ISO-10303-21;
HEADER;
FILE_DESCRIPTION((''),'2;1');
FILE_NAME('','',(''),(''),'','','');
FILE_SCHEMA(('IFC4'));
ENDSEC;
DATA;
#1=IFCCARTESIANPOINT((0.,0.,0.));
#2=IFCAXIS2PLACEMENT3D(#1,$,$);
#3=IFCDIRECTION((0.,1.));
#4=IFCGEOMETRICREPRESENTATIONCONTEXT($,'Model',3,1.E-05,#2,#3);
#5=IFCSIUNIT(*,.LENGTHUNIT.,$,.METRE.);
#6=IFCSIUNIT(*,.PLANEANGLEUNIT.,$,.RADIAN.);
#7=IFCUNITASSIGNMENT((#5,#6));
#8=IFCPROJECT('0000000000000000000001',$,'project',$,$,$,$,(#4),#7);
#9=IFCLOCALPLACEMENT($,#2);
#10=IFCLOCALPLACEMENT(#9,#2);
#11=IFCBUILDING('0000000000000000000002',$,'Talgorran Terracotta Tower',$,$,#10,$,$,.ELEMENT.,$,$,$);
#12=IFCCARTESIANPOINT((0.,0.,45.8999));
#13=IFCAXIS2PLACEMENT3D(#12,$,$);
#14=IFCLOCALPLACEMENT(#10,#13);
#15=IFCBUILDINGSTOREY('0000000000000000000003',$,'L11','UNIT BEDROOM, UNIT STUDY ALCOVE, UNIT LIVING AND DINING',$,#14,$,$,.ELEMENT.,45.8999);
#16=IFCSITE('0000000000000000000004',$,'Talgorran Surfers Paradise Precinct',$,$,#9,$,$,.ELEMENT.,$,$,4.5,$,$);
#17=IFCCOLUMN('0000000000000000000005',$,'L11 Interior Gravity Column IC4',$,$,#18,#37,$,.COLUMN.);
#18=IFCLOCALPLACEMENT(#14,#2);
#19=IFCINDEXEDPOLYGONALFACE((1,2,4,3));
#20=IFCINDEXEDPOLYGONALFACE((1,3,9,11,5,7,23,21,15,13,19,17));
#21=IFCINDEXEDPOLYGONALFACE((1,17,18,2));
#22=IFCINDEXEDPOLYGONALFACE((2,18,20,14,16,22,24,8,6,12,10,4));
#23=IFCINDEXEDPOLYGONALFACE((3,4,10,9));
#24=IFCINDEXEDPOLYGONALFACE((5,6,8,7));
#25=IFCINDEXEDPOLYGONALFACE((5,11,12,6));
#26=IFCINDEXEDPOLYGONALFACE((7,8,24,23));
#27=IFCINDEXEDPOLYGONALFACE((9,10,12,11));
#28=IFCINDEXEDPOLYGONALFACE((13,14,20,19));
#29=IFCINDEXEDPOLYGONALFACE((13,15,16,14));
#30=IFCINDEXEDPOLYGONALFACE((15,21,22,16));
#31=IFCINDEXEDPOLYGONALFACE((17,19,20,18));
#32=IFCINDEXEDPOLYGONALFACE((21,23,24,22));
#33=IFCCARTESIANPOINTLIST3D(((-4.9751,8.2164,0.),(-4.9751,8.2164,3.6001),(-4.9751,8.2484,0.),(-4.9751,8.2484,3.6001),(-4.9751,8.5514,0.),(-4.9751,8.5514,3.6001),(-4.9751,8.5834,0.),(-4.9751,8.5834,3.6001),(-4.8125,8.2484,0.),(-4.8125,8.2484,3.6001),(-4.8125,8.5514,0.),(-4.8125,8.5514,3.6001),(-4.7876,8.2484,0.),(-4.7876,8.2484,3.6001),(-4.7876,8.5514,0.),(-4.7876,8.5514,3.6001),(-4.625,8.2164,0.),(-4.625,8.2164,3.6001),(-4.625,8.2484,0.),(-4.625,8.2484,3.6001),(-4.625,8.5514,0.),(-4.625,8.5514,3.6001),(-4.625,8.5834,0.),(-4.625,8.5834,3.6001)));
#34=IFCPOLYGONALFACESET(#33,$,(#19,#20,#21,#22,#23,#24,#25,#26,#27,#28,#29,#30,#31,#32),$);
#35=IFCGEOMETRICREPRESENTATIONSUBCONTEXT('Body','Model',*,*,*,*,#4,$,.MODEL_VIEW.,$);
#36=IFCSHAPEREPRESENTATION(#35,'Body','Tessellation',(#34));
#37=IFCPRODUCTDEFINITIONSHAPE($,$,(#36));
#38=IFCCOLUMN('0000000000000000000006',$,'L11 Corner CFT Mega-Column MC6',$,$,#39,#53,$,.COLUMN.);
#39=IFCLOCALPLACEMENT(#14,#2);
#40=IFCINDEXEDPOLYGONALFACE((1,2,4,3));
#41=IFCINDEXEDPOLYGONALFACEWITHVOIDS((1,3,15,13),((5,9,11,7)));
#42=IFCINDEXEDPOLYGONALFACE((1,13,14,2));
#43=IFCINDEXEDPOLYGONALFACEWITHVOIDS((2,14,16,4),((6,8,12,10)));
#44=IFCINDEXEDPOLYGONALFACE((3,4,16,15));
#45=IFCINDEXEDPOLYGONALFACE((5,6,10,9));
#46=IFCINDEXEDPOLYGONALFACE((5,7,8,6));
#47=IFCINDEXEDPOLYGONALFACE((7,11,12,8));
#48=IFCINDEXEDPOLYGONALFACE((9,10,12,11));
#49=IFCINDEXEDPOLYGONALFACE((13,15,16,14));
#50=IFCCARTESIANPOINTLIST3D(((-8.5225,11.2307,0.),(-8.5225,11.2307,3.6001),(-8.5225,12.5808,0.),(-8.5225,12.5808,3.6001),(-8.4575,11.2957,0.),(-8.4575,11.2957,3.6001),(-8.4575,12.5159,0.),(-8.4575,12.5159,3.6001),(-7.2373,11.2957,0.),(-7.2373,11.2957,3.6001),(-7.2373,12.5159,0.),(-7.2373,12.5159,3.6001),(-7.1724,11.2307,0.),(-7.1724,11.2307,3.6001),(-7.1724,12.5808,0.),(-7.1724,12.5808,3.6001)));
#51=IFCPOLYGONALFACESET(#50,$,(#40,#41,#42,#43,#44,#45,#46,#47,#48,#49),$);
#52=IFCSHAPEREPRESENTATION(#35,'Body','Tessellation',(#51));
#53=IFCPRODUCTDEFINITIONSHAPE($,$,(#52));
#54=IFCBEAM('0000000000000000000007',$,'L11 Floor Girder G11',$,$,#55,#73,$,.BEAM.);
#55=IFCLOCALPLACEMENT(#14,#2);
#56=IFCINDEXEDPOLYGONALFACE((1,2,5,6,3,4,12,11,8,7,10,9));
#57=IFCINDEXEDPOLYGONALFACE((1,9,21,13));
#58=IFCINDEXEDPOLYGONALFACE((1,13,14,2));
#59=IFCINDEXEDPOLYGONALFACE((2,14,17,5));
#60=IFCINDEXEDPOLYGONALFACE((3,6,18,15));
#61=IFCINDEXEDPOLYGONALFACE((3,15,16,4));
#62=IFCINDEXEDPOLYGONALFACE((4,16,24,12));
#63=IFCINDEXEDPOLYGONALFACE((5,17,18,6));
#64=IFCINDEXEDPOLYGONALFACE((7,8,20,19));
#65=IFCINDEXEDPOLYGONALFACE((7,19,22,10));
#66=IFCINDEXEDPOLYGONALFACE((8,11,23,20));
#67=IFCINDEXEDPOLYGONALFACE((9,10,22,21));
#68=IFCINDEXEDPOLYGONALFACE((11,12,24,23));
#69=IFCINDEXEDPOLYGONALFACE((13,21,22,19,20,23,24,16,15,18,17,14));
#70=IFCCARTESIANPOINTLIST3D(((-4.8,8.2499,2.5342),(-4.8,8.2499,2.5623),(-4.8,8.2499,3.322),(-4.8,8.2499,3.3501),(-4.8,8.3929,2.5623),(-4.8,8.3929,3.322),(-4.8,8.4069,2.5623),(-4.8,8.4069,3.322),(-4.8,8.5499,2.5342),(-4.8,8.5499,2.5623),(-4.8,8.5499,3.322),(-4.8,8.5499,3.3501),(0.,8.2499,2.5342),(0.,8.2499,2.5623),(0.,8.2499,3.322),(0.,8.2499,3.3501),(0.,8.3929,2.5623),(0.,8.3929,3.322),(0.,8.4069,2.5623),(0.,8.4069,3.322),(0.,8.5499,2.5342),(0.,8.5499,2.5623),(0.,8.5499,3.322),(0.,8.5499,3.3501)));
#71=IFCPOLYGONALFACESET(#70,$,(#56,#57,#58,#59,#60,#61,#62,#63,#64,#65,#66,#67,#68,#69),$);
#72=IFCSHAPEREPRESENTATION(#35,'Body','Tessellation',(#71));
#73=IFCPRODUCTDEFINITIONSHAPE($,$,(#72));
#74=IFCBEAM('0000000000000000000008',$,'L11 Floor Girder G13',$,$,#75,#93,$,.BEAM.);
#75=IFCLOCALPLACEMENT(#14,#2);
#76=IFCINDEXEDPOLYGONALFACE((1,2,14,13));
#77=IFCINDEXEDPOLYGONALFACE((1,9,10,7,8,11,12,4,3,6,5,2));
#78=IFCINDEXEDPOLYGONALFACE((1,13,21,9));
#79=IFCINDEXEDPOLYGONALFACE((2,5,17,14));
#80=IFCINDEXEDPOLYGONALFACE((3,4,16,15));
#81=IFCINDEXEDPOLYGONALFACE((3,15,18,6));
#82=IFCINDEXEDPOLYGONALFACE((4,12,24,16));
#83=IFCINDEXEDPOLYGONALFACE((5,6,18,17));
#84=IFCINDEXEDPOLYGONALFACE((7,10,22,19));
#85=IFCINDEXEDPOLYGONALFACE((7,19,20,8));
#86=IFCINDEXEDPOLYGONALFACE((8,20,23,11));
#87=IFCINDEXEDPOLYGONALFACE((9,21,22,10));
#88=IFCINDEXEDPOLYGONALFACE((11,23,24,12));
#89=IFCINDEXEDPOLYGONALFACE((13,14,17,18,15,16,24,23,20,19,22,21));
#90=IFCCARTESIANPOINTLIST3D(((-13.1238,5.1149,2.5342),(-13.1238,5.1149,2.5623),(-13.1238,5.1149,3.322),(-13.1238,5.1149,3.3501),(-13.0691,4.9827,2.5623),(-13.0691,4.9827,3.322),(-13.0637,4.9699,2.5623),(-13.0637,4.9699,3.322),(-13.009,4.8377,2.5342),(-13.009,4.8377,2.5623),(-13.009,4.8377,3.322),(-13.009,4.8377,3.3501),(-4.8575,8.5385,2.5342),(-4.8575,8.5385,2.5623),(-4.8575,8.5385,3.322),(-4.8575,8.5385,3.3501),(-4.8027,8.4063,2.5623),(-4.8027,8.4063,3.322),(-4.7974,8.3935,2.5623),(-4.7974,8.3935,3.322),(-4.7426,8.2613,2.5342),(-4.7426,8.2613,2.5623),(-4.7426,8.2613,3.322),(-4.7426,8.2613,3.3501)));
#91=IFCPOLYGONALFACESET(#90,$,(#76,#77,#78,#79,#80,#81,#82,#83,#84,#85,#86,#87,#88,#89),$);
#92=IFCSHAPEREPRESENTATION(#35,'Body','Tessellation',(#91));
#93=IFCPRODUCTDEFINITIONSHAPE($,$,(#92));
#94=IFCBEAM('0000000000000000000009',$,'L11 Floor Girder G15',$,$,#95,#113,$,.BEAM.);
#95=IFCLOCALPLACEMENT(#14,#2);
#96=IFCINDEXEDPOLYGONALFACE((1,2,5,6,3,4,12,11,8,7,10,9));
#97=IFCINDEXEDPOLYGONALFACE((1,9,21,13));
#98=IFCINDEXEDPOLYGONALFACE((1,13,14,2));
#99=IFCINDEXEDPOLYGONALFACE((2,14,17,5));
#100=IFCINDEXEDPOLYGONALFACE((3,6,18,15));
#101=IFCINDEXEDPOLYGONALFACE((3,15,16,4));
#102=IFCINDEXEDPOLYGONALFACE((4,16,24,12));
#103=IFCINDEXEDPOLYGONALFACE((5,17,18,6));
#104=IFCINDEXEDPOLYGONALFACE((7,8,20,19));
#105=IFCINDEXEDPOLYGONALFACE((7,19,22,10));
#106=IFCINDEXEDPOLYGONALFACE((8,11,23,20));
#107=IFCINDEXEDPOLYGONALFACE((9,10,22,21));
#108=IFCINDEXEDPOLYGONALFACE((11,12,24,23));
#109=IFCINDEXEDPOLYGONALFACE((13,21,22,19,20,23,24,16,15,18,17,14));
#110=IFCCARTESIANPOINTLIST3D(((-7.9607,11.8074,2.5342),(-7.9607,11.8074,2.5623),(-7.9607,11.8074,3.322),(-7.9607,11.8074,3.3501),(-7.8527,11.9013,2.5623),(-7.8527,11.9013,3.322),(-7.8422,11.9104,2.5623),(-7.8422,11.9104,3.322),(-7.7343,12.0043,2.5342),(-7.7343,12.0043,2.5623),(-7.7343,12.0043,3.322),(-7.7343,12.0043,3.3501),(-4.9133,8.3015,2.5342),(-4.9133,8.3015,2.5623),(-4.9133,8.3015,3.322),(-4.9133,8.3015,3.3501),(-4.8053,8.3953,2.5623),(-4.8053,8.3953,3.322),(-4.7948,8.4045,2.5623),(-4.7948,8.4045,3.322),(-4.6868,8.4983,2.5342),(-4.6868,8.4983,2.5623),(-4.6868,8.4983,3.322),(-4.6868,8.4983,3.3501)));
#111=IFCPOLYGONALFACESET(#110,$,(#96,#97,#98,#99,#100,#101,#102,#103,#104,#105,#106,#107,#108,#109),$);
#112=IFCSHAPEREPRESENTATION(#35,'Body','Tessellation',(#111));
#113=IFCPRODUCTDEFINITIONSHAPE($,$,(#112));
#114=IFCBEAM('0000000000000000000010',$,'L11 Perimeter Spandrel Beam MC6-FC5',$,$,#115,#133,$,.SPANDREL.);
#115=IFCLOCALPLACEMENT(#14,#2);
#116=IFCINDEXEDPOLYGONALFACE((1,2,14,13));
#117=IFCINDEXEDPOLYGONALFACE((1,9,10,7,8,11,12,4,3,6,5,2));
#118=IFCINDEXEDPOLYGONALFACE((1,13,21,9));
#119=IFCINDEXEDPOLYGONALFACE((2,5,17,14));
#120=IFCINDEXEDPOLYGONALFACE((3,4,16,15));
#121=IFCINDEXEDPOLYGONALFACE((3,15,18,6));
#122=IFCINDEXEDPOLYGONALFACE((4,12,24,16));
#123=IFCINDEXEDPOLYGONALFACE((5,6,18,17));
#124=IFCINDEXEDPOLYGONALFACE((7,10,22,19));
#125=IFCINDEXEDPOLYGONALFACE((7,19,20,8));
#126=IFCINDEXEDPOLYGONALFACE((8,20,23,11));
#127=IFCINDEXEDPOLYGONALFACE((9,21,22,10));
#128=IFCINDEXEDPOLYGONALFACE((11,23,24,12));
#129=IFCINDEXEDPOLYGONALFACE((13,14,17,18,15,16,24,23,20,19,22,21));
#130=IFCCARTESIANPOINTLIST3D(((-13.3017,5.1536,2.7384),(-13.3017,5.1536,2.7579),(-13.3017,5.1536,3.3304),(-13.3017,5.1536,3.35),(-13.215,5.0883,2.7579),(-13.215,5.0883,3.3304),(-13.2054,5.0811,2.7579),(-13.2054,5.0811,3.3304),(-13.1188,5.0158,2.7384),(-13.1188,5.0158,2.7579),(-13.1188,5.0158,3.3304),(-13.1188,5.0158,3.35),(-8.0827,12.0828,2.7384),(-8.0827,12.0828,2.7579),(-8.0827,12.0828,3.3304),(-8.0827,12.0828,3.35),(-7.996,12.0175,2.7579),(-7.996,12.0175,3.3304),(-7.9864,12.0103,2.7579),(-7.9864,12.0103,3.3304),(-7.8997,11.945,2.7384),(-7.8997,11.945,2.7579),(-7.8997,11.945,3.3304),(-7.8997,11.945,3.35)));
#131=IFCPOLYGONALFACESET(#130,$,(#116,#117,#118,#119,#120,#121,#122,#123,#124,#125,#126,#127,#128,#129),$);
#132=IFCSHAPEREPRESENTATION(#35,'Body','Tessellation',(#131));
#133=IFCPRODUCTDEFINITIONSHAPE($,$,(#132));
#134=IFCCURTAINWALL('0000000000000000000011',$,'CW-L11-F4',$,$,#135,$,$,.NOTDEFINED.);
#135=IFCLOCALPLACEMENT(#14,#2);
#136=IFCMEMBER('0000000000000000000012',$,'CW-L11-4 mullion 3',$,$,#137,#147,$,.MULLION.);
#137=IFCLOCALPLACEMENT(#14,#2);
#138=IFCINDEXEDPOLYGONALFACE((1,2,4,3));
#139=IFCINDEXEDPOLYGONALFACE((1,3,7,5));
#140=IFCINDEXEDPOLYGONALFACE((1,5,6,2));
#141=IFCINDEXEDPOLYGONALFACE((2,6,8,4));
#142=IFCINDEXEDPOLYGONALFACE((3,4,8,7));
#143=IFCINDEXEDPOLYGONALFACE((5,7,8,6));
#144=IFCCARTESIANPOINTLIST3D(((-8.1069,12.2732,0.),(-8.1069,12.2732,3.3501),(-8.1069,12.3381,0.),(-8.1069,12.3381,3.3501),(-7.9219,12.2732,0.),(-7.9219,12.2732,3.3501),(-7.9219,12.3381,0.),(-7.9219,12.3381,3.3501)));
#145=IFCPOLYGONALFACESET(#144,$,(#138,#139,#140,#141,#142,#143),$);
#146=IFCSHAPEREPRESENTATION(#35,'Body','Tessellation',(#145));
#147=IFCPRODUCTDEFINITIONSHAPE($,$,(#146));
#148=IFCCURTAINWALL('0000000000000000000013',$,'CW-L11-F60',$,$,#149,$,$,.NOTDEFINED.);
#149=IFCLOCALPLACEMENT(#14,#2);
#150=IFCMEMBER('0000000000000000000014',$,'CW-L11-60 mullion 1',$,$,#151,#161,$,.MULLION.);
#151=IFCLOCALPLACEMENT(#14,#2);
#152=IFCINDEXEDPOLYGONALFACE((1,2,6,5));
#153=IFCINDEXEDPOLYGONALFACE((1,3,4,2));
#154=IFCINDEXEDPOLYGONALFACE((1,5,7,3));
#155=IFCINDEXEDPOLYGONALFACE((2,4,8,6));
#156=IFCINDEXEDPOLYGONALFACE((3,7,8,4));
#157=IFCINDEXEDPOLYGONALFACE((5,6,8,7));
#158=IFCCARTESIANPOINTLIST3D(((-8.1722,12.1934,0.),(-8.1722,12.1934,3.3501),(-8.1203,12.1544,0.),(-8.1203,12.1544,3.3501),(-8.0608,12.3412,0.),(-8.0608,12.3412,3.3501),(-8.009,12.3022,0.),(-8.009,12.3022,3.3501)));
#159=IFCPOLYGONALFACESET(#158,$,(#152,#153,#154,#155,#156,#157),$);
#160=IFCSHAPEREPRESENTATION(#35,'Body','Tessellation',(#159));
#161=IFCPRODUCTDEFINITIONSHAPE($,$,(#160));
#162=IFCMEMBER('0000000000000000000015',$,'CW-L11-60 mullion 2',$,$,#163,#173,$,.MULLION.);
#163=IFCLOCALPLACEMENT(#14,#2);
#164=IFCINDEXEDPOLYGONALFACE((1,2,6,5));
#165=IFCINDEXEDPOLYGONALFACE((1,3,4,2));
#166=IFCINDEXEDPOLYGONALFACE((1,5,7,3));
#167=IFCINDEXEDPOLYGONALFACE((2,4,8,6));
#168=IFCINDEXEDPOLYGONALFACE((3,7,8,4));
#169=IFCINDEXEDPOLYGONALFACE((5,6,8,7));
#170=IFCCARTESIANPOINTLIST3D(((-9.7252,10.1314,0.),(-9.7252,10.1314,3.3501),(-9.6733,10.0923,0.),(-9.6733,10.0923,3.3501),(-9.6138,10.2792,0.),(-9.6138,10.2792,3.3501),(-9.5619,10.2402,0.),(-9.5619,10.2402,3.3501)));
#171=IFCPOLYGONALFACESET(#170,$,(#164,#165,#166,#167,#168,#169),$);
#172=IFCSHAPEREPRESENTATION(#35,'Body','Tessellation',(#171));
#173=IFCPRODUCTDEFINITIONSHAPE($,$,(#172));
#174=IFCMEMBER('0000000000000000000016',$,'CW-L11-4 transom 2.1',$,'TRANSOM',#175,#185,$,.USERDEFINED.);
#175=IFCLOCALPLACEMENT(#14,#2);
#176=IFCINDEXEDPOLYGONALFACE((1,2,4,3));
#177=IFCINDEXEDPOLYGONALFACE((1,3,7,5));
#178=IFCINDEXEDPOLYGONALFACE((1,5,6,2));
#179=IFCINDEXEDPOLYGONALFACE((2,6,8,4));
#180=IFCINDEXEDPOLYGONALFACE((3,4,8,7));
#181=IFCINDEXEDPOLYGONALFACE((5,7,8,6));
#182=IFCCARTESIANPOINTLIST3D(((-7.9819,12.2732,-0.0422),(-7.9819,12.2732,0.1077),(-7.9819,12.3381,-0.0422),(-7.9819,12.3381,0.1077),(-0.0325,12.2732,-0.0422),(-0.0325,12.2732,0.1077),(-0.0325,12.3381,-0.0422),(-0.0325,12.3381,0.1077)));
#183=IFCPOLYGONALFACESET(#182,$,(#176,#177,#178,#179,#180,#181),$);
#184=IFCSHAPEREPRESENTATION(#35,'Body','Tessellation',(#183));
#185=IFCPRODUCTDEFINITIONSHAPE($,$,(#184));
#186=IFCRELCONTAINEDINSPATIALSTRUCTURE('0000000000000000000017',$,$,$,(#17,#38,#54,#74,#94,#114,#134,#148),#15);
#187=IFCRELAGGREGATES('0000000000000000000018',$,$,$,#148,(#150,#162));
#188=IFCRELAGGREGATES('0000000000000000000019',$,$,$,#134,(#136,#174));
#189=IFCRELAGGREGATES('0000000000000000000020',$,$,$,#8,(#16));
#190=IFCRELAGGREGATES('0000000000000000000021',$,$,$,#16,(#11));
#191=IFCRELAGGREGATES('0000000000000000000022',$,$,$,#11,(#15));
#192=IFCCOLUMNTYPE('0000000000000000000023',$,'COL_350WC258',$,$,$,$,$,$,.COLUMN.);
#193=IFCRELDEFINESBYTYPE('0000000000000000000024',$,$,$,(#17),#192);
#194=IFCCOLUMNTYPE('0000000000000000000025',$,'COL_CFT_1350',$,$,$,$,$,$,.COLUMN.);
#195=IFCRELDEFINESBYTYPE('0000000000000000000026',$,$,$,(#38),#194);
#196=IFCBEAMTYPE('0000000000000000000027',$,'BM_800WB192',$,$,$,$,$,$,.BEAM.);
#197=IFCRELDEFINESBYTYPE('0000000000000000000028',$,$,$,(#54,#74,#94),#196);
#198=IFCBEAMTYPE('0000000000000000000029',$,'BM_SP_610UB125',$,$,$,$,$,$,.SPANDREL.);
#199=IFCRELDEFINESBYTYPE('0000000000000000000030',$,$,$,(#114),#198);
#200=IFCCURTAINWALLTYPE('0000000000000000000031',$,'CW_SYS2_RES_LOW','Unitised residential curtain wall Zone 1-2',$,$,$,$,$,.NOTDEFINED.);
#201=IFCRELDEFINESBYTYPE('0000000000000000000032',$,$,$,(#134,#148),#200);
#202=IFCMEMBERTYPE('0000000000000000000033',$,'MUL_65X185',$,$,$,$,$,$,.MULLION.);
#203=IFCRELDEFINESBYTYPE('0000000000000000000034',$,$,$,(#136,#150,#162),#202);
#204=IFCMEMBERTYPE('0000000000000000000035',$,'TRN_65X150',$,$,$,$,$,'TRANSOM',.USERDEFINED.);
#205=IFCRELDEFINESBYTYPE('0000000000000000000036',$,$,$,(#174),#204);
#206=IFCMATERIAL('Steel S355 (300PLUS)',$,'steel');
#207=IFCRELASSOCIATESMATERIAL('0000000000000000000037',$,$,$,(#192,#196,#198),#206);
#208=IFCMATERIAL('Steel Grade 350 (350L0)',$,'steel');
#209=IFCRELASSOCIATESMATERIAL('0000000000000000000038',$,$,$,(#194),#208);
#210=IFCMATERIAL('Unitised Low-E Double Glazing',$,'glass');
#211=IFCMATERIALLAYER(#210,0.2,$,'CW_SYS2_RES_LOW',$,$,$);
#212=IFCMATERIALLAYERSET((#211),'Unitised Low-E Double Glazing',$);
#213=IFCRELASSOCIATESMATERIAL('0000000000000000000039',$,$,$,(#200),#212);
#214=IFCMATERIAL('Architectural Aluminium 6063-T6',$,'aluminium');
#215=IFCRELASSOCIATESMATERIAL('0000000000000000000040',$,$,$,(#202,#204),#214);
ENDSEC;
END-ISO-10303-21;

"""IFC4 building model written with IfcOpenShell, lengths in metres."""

from ifc_helpers import new_model, si_unit, direction, frame, origin, origin_2d, place, context, subcontext, project, spatial, rectangle, hollow_rectangle, i_section, extrude, material, layer, layer_set, material_profile, profile_set, type_object, element, aggregate, save


model = new_model("IFC4")

# Units and contexts
model_context = context("Model", 3, precision=1e-05, world=origin(), true_north=direction((0.0, 1.0)))
body_context = subcontext(model_context, "Body", "Model", "MODEL_VIEW")
ifc_project = project(units=[si_unit("LENGTHUNIT", "METRE"), si_unit("PLANEANGLEUNIT", "RADIAN")], contexts=[model_context])

# Site, building, storey
site_placement = place(None, origin())
site = spatial("IfcSite", under=ifc_project, at=site_placement, Name="Talgorran Surfers Paradise Precinct", CompositionType="ELEMENT", RefElevation=4.5)
building_placement = place(site_placement, origin())
building = spatial("IfcBuilding", under=site, at=building_placement, Name="Talgorran Terracotta Tower", CompositionType="ELEMENT")
storey_placement = place(building_placement, frame((0.0, 0.0, 45.8999)))
storey = spatial("IfcBuildingStorey", under=building, at=storey_placement, Name="L11", Description="UNIT BEDROOM, UNIT STUDY ALCOVE, UNIT LIVING AND DINING", CompositionType="ELEMENT", Elevation=45.8999)

# Columns
ifc_material_1 = material(Name="Steel S355 (300PLUS)", Category="steel")
ifc_material_profile_1 = material_profile(ifc_material_1, i_section(OverallWidth=0.3501, OverallDepth=0.3669, WebThickness=0.0249, FlangeThickness=0.032, at=origin_2d()), Name="350WC258")
ifc_profile_set_1 = profile_set([ifc_material_profile_1], Name="Steel S355 (300PLUS)")
column_type_1 = type_object("IfcColumnType", Name="COL_350WC258", PredefinedType="COLUMN", material=ifc_profile_set_1)
column_1_placement = place(storey_placement, frame((-4.8, 8.3999, 0.0), z_axis=(0.0, 0.0, 1.0), x_axis=(1.0, 0.0, 0.0)))
element("IfcColumn", 1, at=column_1_placement, inside=storey, type_object=column_type_1, Name="L11 Interior Gravity Column IC4", PredefinedType="COLUMN", context=body_context, shape_type="SweptSolid", body=[
    extrude(i_section(OverallWidth=0.3501, OverallDepth=0.3669, WebThickness=0.0249, FlangeThickness=0.032, at=origin_2d()), origin(), (0.0, 0.0, 1.0), 3.6001),
])
ifc_material_2 = material(Name="Steel Grade 350 (350L0)", Category="steel")
ifc_material_profile_2 = material_profile(ifc_material_2, hollow_rectangle(XDim=1.3501, YDim=1.3501, WallThickness=0.0649, at=origin_2d()), Name="CFT1350X1350X65")
ifc_profile_set_2 = profile_set([ifc_material_profile_2], Name="Steel Grade 350 (350L0)")
column_type_2 = type_object("IfcColumnType", Name="COL_CFT_1350", PredefinedType="COLUMN", material=ifc_profile_set_2)
column_2_placement = place(storey_placement, frame((-7.8474, 11.9058, 0.0), z_axis=(0.0, 0.0, 1.0), x_axis=(1.0, 0.0, 0.0)))
element("IfcColumn", 2, at=column_2_placement, inside=storey, type_object=column_type_2, Name="L11 Corner CFT Mega-Column MC6", PredefinedType="COLUMN", context=body_context, shape_type="SweptSolid", body=[
    extrude(hollow_rectangle(XDim=1.3501, YDim=1.3501, WallThickness=0.0649, at=origin_2d()), origin(), (0.0, 0.0, 1.0), 3.6001),
])

# Beams
ifc_material_profile_3 = material_profile(ifc_material_1, i_section(OverallWidth=0.3, OverallDepth=0.8159, WebThickness=0.0139, FlangeThickness=0.0281, at=origin_2d()), Name="800WB192")
ifc_profile_set_3 = profile_set([ifc_material_profile_3], Name="Steel S355 (300PLUS)")
beam_type_1 = type_object("IfcBeamType", Name="BM_800WB192", PredefinedType="BEAM", material=ifc_profile_set_3)
beam_1_placement = place(storey_placement, frame((-4.8, 8.3999, 2.9421), z_axis=(1.0, 0.0, 0.0), x_axis=(0.0, 1.0, 0.0)))
element("IfcBeam", 3, at=beam_1_placement, inside=storey, type_object=beam_type_1, Name="L11 Floor Girder G11", PredefinedType="BEAM", context=body_context, shape_type="SweptSolid", body=[
    extrude(i_section(OverallWidth=0.3, OverallDepth=0.8159, WebThickness=0.0139, FlangeThickness=0.0281, at=origin_2d()), origin(), (0.0, 0.0, 1.0), 4.8),
])
beam_2_placement = place(storey_placement, frame((-4.8, 8.3999, 2.9421), z_axis=(-0.923897, -0.38264, 0.0), x_axis=(0.38264, -0.923897, 0.0)))
element("IfcBeam", 4, at=beam_2_placement, inside=storey, type_object=beam_type_1, Name="L11 Floor Girder G13", PredefinedType="BEAM", context=body_context, shape_type="SweptSolid", body=[
    extrude(i_section(OverallWidth=0.3, OverallDepth=0.8159, WebThickness=0.0139, FlangeThickness=0.0281, at=origin_2d()), origin(), (0.0, 0.0, 1.0), 8.9473),
])
beam_3_placement = place(storey_placement, frame((-4.8, 8.3999, 2.9421), z_axis=(-0.65603, 0.754734, 0.0), x_axis=(-0.754734, -0.65603, 0.0)))
element("IfcBeam", 5, at=beam_3_placement, inside=storey, type_object=beam_type_1, Name="L11 Floor Girder G15", PredefinedType="BEAM", context=body_context, shape_type="SweptSolid", body=[
    extrude(i_section(OverallWidth=0.3, OverallDepth=0.8159, WebThickness=0.0139, FlangeThickness=0.0281, at=origin_2d()), origin(), (0.0, 0.0, 1.0), 4.6453),
])
ifc_material_profile_4 = material_profile(ifc_material_1, i_section(OverallWidth=0.229, OverallDepth=0.6116, WebThickness=0.012, FlangeThickness=0.0195, at=origin_2d()), Name="610UB125")
ifc_profile_set_4 = profile_set([ifc_material_profile_4], Name="Steel S355 (300PLUS)")
beam_type_2 = type_object("IfcBeamType", Name="BM_SP_610UB125", PredefinedType="SPANDREL", material=ifc_profile_set_4)
beam_4_placement = place(storey_placement, frame((-7.9912, 12.0139, 3.0442), z_axis=(-0.601629, -0.798776, 0.0), x_axis=(0.798776, -0.601629, 0.0)))
element("IfcBeam", 6, at=beam_4_placement, inside=storey, type_object=beam_type_2, Name="L11 Perimeter Spandrel Beam MC6-FC5", PredefinedType="SPANDREL", context=body_context, shape_type="SweptSolid", body=[
    extrude(i_section(OverallWidth=0.229, OverallDepth=0.6116, WebThickness=0.012, FlangeThickness=0.0195, at=origin_2d()), origin(), (0.0, 0.0, 1.0), 8.6748),
])

# Curtain wall, member
ifc_material_3 = material(Name="Unitised Low-E Double Glazing", Category="glass")
ifc_layer_1 = layer(ifc_material_3, 0.2, Name="CW_SYS2_RES_LOW")
ifc_layer_set_1 = layer_set([ifc_layer_1], Name="Unitised Low-E Double Glazing")
curtain_wall_type = type_object("IfcCurtainWallType", Name="CW_SYS2_RES_LOW", Description="Unitised residential curtain wall Zone 1-2", PredefinedType="NOTDEFINED", material=ifc_layer_set_1)
curtain_wall_1_placement = place(storey_placement, origin())
curtain_wall_1 = element("IfcCurtainWall", 7, at=curtain_wall_1_placement, inside=storey, type_object=curtain_wall_type, Name="CW-L11-F4", PredefinedType="NOTDEFINED")
ifc_material_4 = material(Name="Architectural Aluminium 6063-T6", Category="aluminium")
ifc_material_profile_5 = material_profile(ifc_material_4, rectangle(XDim=0.0649, YDim=0.1851, at=origin_2d()), Name="CWM65X185")
ifc_profile_set_5 = profile_set([ifc_material_profile_5], Name="Architectural Aluminium 6063-T6")
member_type_1 = type_object("IfcMemberType", Name="MUL_65X185", PredefinedType="MULLION", material=ifc_profile_set_5)
member_1_placement = place(storey_placement, frame((-8.0144, 12.3057, 0.0), z_axis=(0.0, 0.0, 1.0), x_axis=(0.0, -1.0, 0.0)))
member_1 = element("IfcMember", 8, at=member_1_placement, type_object=member_type_1, Name="CW-L11-4 mullion 3", PredefinedType="MULLION", context=body_context, shape_type="SweptSolid", body=[
    extrude(rectangle(XDim=0.0649, YDim=0.1851, at=origin_2d()), origin(), (0.0, 0.0, 1.0), 3.3501),
])

# Curtain wall, members
curtain_wall_2_placement = place(storey_placement, origin())
curtain_wall_2 = element("IfcCurtainWall", 9, at=curtain_wall_2_placement, inside=storey, type_object=curtain_wall_type, Name="CW-L11-F60", PredefinedType="NOTDEFINED")
member_2_placement = place(storey_placement, frame((-8.0906, 12.2478, 0.0), z_axis=(0.0, 0.0, 1.0), x_axis=(0.79877, -0.601637, 0.0)))
member_2 = element("IfcMember", 10, at=member_2_placement, type_object=member_type_1, Name="CW-L11-60 mullion 1", PredefinedType="MULLION", context=body_context, shape_type="SweptSolid", body=[
    extrude(rectangle(XDim=0.0649, YDim=0.1851, at=origin_2d()), origin(), (0.0, 0.0, 1.0), 3.3501),
])
member_3_placement = place(storey_placement, frame((-9.6436, 10.1858, 0.0), z_axis=(0.0, 0.0, 1.0), x_axis=(0.79877, -0.601637, 0.0)))
member_3 = element("IfcMember", 11, at=member_3_placement, type_object=member_type_1, Name="CW-L11-60 mullion 2", PredefinedType="MULLION", context=body_context, shape_type="SweptSolid", body=[
    extrude(rectangle(XDim=0.0649, YDim=0.1851, at=origin_2d()), origin(), (0.0, 0.0, 1.0), 3.3501),
])

# Member
ifc_material_profile_6 = material_profile(ifc_material_4, rectangle(XDim=0.0649, YDim=0.1499, at=origin_2d()), Name="CWT65X150")
ifc_profile_set_6 = profile_set([ifc_material_profile_6], Name="Architectural Aluminium 6063-T6")
member_type_2 = type_object("IfcMemberType", Name="TRN_65X150", ElementType="TRANSOM", PredefinedType="USERDEFINED", material=ifc_profile_set_6)
member_4_placement = place(storey_placement, frame((-0.0325, 12.3057, 0.0327), z_axis=(-1.0, 0.0, 0.0), x_axis=(0.0, -1.0, 0.0)))
member_4 = element("IfcMember", 12, at=member_4_placement, type_object=member_type_2, Name="CW-L11-4 transom 2.1", ObjectType="TRANSOM", PredefinedType="USERDEFINED", context=body_context, shape_type="SweptSolid", body=[
    extrude(rectangle(XDim=0.0649, YDim=0.1499, at=origin_2d()), origin(), (0.0, 0.0, 1.0), 7.9495),
])

aggregate(curtain_wall_2, [member_2, member_3])
aggregate(curtain_wall_1, [member_1, member_4])

save(model, "model.ifc")
